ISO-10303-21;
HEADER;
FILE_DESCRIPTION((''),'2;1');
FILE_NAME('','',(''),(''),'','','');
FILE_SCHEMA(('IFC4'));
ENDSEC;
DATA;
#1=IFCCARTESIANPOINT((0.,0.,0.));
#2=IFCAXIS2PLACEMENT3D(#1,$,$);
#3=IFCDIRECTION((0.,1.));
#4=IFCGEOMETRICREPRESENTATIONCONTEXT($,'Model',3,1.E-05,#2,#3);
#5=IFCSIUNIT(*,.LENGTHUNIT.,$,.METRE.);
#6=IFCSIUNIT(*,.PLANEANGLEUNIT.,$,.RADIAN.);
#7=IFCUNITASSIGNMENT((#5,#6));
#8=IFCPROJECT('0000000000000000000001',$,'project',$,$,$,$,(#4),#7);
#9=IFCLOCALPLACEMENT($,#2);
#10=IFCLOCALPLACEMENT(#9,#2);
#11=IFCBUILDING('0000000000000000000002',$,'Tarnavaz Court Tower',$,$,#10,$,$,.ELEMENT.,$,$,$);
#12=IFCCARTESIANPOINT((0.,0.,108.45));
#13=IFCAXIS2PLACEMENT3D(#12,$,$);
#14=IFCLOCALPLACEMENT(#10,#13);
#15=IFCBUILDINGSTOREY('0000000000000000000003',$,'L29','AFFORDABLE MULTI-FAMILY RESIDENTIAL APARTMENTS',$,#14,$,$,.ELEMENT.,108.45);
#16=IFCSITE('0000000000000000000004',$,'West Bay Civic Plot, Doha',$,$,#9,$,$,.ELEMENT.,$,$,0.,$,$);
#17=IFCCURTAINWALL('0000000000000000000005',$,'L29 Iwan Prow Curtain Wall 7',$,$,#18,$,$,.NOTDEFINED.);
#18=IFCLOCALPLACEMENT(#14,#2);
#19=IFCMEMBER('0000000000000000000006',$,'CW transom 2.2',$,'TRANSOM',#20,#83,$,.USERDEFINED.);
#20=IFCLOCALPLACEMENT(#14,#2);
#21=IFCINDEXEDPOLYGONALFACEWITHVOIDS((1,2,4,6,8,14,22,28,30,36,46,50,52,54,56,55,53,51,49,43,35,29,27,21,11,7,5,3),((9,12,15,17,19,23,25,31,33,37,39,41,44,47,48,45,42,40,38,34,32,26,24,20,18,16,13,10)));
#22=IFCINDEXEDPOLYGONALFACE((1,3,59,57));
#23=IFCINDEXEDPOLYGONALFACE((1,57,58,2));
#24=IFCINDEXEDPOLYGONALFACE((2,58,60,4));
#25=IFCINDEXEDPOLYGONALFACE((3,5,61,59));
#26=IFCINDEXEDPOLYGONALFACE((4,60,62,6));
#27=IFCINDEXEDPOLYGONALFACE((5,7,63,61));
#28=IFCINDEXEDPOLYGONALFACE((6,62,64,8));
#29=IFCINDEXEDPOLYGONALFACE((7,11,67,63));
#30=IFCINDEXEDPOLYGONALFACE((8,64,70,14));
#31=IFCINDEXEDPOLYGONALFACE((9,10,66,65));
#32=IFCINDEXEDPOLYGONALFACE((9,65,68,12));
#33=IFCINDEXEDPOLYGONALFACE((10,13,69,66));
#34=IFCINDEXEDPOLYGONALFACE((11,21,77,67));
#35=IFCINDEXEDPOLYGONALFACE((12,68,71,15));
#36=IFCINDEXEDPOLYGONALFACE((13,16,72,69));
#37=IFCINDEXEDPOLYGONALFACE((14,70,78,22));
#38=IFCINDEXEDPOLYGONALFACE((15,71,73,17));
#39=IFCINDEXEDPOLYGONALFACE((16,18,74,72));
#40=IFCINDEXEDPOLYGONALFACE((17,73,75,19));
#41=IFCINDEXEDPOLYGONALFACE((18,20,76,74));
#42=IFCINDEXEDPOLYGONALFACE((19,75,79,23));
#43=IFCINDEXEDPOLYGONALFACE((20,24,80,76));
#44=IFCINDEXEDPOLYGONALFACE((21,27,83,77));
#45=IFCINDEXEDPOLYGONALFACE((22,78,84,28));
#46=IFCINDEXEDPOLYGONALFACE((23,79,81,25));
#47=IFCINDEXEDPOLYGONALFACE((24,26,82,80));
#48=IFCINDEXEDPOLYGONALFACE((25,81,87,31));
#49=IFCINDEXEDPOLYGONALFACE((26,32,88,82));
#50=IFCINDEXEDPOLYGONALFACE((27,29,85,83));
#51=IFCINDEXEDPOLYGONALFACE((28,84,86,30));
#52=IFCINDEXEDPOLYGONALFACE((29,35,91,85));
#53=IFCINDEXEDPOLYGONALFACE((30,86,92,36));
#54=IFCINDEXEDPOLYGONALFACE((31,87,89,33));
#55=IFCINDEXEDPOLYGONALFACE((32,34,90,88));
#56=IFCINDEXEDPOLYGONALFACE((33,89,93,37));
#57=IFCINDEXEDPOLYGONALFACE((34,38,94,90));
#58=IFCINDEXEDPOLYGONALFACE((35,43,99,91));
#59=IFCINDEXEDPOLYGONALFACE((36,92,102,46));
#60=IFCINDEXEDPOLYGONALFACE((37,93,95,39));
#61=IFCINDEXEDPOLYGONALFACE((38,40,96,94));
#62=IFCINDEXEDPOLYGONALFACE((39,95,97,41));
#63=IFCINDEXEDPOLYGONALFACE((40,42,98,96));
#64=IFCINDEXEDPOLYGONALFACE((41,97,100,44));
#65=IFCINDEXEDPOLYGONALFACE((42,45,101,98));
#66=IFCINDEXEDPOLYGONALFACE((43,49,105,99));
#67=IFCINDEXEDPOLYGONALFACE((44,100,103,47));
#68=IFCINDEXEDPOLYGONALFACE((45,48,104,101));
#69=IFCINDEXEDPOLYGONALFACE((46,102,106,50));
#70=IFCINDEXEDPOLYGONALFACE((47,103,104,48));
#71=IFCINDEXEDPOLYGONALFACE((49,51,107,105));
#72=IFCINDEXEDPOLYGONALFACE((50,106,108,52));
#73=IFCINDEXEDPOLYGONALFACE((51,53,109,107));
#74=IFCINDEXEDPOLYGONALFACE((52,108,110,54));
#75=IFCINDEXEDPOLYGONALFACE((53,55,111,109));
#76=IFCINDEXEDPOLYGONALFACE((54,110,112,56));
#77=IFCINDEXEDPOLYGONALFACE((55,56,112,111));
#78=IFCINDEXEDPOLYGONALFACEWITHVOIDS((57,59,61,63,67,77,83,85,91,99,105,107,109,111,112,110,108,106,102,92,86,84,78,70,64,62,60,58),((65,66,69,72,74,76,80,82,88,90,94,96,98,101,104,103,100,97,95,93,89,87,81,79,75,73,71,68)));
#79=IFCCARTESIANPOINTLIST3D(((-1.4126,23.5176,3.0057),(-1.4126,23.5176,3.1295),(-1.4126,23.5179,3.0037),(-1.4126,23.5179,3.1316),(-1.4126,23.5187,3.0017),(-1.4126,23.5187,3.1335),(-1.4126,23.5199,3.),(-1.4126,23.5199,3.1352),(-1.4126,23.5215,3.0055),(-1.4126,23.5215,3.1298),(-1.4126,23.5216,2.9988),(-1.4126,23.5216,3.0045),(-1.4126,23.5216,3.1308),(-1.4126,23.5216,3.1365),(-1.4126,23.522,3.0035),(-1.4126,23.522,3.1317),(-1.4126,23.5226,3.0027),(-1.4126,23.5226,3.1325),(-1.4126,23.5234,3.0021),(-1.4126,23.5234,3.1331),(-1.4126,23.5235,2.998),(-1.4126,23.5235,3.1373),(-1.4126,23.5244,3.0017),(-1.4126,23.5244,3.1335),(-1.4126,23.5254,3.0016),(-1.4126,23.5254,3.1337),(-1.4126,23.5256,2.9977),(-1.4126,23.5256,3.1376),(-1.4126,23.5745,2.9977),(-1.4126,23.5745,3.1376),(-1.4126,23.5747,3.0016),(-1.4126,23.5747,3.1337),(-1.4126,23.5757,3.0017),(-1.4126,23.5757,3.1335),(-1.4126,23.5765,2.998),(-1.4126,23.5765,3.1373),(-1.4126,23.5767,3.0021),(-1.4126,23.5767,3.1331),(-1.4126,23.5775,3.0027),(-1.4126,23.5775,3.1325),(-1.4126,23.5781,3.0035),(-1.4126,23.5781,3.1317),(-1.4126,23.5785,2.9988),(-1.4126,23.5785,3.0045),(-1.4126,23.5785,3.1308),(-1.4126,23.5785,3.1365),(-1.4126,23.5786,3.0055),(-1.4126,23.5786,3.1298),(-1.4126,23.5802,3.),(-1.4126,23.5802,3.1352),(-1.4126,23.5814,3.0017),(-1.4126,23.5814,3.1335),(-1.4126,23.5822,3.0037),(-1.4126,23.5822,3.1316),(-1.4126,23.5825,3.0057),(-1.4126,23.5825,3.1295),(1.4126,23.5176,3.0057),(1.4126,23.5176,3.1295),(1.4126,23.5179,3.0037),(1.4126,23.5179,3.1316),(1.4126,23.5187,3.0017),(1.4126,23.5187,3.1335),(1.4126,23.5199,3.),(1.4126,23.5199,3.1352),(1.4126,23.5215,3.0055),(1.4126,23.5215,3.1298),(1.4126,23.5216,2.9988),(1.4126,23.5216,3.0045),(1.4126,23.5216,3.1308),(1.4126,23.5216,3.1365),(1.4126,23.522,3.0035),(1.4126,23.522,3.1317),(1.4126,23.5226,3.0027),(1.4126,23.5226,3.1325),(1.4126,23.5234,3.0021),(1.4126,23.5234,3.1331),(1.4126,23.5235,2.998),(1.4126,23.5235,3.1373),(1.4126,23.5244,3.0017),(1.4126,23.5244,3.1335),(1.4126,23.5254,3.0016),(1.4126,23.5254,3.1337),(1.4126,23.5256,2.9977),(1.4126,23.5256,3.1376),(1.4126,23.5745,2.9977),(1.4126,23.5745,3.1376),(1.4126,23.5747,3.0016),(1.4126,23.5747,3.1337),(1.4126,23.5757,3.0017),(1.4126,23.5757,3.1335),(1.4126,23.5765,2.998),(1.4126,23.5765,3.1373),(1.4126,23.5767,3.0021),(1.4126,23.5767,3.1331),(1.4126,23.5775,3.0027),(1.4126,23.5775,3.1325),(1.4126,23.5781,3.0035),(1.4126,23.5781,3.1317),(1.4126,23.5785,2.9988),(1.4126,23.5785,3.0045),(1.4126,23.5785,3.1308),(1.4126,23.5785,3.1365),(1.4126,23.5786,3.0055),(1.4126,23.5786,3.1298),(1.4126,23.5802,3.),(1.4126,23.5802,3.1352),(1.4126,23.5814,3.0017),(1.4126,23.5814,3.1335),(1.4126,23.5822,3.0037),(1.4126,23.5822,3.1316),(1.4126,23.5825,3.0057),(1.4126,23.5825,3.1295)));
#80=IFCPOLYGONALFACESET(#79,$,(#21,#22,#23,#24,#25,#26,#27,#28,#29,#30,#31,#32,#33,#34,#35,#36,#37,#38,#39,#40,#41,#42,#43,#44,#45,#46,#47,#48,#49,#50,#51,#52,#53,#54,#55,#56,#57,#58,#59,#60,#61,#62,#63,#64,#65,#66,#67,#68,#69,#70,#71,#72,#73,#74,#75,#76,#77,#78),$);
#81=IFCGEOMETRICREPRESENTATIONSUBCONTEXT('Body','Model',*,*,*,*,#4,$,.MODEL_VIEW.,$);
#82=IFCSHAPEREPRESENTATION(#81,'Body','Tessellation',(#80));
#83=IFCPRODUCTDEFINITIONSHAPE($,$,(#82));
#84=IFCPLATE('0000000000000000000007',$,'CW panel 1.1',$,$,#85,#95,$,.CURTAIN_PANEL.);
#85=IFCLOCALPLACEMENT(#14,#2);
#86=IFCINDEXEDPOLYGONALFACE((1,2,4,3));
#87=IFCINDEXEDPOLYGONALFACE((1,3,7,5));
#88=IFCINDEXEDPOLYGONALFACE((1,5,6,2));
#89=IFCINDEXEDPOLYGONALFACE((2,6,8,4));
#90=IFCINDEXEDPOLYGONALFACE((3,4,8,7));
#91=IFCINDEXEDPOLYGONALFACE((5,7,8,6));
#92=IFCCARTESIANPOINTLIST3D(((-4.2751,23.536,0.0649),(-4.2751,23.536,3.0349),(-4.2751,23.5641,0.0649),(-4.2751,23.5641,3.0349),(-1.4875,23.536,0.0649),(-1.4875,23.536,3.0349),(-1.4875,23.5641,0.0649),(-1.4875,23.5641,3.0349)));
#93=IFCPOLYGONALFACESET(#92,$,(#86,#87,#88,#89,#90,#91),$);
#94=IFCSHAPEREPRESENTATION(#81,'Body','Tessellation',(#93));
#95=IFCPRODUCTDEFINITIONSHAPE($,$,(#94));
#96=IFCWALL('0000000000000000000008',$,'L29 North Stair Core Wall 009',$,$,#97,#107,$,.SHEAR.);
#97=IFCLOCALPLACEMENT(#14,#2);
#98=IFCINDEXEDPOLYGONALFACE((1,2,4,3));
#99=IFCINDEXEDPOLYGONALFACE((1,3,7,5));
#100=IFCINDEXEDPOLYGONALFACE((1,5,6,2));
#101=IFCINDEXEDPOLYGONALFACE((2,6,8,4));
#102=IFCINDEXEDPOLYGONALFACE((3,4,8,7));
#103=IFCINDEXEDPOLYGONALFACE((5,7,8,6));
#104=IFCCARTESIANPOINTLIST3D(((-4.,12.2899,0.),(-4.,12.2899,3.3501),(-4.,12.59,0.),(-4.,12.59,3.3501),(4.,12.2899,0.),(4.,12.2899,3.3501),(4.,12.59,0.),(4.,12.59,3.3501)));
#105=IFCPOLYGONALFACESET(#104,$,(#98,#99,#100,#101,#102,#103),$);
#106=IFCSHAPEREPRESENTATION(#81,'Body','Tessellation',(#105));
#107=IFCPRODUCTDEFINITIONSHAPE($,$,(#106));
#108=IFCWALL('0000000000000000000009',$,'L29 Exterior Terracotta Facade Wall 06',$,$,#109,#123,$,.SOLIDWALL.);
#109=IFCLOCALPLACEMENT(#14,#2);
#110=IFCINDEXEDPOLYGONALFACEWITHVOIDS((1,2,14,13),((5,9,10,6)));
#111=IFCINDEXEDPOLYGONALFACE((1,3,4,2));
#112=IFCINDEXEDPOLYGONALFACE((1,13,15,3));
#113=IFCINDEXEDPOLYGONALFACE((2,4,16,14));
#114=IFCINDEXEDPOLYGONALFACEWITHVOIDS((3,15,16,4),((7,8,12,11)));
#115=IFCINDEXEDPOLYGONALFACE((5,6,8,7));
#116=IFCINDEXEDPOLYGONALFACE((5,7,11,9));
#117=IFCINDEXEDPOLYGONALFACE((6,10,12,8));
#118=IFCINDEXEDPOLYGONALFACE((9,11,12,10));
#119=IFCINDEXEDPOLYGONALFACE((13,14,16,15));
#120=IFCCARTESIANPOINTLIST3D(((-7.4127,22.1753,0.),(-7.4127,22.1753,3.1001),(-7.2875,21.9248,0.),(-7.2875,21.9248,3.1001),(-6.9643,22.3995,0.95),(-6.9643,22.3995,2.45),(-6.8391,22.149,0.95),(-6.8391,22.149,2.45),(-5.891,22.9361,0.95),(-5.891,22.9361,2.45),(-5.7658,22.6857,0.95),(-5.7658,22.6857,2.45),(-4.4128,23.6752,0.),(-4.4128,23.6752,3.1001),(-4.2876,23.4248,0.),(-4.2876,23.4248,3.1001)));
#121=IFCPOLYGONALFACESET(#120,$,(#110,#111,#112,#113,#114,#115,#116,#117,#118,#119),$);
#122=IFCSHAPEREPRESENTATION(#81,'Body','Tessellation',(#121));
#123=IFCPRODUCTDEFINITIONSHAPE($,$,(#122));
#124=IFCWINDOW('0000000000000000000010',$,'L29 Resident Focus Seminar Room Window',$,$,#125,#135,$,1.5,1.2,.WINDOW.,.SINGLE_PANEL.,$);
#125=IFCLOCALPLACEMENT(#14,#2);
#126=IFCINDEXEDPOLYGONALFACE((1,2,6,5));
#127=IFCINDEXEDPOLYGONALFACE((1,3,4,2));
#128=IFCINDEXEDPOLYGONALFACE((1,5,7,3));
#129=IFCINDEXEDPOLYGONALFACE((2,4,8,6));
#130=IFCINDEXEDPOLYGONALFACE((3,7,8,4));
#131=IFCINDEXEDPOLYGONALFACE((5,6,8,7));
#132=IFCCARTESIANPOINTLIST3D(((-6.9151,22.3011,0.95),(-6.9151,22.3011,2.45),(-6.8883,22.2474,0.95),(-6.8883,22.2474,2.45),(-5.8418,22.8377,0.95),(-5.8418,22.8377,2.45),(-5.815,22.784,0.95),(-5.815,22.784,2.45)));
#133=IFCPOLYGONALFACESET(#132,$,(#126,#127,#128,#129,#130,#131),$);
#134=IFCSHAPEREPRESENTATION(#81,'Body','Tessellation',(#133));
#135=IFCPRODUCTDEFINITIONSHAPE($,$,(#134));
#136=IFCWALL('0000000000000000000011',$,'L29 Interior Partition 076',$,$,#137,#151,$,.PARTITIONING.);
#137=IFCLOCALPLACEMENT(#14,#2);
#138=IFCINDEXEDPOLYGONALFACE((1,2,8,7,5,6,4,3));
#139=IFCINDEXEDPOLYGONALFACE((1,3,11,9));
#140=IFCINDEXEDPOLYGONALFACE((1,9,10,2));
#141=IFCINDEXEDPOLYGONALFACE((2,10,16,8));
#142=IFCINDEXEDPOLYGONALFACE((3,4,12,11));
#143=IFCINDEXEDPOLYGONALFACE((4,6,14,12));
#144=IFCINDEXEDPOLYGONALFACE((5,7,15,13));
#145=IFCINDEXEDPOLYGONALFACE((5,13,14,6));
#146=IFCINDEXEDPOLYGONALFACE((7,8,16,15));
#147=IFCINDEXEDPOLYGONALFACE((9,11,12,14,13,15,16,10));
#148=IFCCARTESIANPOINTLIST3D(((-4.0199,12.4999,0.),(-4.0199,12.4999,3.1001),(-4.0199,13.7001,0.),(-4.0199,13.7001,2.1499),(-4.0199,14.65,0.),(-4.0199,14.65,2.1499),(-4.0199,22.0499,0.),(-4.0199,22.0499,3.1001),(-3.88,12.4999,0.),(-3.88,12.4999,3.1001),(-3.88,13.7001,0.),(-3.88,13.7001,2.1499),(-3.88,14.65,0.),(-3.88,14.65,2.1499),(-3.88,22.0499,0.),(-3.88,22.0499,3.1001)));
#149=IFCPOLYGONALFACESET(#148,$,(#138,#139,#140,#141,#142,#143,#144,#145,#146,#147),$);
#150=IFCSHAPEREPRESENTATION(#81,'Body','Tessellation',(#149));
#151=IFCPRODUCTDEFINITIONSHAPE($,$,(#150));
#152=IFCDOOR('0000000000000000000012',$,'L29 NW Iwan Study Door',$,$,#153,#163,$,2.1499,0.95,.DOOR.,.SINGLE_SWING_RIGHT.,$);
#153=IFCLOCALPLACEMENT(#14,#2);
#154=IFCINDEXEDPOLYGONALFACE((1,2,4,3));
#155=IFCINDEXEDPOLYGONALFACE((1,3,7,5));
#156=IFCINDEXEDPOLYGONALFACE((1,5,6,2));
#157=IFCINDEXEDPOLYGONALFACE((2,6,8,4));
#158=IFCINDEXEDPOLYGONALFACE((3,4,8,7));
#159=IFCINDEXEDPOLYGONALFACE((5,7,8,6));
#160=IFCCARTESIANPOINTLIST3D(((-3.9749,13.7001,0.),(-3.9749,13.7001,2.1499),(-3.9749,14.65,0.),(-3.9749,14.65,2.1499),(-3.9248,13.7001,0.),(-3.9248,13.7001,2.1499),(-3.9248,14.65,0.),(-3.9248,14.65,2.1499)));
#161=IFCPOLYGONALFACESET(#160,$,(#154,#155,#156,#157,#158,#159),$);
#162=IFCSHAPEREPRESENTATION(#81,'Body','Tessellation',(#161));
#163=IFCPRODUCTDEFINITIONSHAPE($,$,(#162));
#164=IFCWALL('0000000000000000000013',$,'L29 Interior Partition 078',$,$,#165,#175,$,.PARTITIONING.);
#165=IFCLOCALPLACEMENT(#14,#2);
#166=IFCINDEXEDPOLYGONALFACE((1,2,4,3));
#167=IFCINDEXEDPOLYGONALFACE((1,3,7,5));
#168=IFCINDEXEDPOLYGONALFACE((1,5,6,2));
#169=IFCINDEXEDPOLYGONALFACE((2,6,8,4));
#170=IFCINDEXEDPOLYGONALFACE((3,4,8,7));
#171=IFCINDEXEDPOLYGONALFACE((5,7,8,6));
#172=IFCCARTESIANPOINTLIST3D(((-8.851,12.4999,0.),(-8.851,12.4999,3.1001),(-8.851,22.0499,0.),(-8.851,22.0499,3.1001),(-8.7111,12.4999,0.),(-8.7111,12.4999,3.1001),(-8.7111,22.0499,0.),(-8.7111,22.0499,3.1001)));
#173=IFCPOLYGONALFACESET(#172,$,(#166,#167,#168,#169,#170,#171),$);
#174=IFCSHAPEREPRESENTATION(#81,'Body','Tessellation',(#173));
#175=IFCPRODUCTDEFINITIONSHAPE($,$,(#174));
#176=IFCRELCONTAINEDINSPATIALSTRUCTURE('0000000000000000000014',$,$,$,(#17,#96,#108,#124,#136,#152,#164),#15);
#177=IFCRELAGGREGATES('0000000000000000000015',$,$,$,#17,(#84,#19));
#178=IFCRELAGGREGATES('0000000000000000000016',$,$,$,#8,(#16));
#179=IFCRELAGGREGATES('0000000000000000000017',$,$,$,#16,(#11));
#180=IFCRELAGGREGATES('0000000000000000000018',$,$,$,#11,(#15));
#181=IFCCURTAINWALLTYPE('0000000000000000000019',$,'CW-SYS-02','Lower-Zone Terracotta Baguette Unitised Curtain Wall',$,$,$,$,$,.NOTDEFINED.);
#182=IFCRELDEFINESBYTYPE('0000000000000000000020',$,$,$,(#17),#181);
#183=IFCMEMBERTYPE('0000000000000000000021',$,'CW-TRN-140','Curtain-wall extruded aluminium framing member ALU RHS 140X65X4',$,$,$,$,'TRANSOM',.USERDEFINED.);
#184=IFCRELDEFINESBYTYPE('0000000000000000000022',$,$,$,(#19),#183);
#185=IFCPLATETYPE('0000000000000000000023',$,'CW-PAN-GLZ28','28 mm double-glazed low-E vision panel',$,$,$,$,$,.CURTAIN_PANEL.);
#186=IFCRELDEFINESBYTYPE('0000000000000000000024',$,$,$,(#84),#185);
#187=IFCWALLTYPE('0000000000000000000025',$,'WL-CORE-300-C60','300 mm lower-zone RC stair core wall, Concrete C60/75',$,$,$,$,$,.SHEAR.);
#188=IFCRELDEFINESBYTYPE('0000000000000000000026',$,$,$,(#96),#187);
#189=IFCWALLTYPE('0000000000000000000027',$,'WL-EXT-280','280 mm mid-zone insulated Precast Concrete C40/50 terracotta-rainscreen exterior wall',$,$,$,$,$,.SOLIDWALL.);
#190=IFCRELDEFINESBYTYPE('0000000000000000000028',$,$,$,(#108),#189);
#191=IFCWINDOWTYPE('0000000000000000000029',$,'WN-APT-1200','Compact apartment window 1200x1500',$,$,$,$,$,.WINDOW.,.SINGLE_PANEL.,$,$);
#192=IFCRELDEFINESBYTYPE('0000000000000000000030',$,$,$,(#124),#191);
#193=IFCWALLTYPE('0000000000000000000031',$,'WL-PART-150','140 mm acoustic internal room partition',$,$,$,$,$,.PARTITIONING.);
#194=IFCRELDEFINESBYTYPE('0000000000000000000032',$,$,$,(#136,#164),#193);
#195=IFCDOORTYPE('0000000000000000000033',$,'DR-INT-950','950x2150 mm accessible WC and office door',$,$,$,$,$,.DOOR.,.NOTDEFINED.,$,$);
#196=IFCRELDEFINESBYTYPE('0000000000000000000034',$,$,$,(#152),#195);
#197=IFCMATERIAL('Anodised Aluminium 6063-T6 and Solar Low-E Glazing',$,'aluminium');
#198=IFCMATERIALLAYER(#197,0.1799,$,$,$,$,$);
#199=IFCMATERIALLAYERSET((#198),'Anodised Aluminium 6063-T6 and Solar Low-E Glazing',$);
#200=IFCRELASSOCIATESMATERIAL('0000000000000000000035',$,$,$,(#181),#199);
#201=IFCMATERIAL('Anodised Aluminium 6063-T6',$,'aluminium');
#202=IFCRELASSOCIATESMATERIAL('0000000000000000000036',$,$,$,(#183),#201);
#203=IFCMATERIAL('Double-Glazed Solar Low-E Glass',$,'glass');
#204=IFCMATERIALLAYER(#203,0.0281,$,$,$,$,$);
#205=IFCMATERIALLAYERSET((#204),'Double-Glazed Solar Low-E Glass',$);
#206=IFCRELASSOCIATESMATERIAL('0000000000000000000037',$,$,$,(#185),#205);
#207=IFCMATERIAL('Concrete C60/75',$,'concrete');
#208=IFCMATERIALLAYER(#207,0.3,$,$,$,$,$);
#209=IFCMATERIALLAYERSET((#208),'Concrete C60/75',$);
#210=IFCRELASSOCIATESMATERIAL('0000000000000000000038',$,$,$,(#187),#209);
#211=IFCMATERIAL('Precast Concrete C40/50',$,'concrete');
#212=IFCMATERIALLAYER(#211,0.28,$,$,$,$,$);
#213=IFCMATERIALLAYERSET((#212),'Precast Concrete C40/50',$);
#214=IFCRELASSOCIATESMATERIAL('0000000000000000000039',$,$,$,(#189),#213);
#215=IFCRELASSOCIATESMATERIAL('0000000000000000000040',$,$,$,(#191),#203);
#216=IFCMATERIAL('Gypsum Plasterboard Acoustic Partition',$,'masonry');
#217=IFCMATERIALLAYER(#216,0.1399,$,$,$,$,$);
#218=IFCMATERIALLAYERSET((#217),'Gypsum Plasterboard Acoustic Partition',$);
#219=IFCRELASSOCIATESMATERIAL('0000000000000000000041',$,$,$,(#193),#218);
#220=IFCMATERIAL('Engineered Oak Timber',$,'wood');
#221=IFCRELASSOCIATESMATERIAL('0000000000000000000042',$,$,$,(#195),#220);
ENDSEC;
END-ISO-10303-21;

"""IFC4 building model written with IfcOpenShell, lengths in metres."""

from ifc_helpers import new_model, si_unit, direction, frame, frame_2d, origin, origin_2d, place, context, subcontext, project, spatial, rectangle, hollow_rectangle, extrude, material, layer, layer_set, material_profile, profile_set, type_object, element, fill, aggregate, save


model = new_model("IFC4")

# Units and contexts
model_context = context("Model", 3, precision=1e-05, world=origin(), true_north=direction((0.0, 1.0)))
body_context = subcontext(model_context, "Body", "Model", "MODEL_VIEW")
ifc_project = project(units=[si_unit("LENGTHUNIT", "METRE"), si_unit("PLANEANGLEUNIT", "RADIAN")], contexts=[model_context])

# Site, building, storey
site_placement = place(None, origin())
site = spatial("IfcSite", under=ifc_project, at=site_placement, Name="West Bay Civic Plot, Doha", CompositionType="ELEMENT", RefElevation=0.0)
building_placement = place(site_placement, origin())
building = spatial("IfcBuilding", under=site, at=building_placement, Name="Tarnavaz Court Tower", CompositionType="ELEMENT")
storey_placement = place(building_placement, frame((0.0, 0.0, 108.45)))
storey = spatial("IfcBuildingStorey", under=building, at=storey_placement, Name="L29", Description="AFFORDABLE MULTI-FAMILY RESIDENTIAL APARTMENTS", CompositionType="ELEMENT", Elevation=108.45)

# Shared definitions
ifc_material_1 = material(Name="Concrete C60/75", Category="concrete")

# Curtain wall, member, plate
ifc_material_2 = material(Name="Anodised Aluminium 6063-T6 and Solar Low-E Glazing", Category="aluminium")
ifc_layer_1 = layer(ifc_material_2, 0.1799)
ifc_layer_set_1 = layer_set([ifc_layer_1], Name="Anodised Aluminium 6063-T6 and Solar Low-E Glazing")
curtain_wall_type = type_object("IfcCurtainWallType", Name="CW-SYS-02", Description="Lower-Zone Terracotta Baguette Unitised Curtain Wall", PredefinedType="NOTDEFINED", material=ifc_layer_set_1)
curtain_wall_placement = place(storey_placement, origin())
curtain_wall = element("IfcCurtainWall", 1, at=curtain_wall_placement, inside=storey, type_object=curtain_wall_type, Name="L29 Iwan Prow Curtain Wall 7", PredefinedType="NOTDEFINED")
ifc_material_3 = material(Name="Anodised Aluminium 6063-T6", Category="aluminium")
ifc_material_profile_1 = material_profile(ifc_material_3, hollow_rectangle(XDim=0.0649, YDim=0.1399, WallThickness=0.0039, InnerFilletRadius=0.0039, OuterFilletRadius=0.0081, at=origin_2d()), Name="ALU RHS 140X65X4")
ifc_profile_set_1 = profile_set([ifc_material_profile_1], Name="Anodised Aluminium 6063-T6")
member_type_1 = type_object("IfcMemberType", Name="CW-TRN-140", Description="Curtain-wall extruded aluminium framing member ALU RHS 140X65X4", ElementType="TRANSOM", PredefinedType="USERDEFINED", material=ifc_profile_set_1)
member_1_placement = place(storey_placement, frame((-1.4126, 23.55, 3.0676), z_axis=(1.0, 0.0, 0.0), x_axis=(0.0, 1.0, 0.0)))
member_1 = element("IfcMember", 2, at=member_1_placement, type_object=member_type_1, Name="CW transom 2.2", ObjectType="TRANSOM", PredefinedType="USERDEFINED", context=body_context, shape_type="SweptSolid", body=[
    extrude(hollow_rectangle(XDim=0.0649, YDim=0.1399, WallThickness=0.0039, InnerFilletRadius=0.0039, OuterFilletRadius=0.0081, at=origin_2d()), origin(), (0.0, 0.0, 1.0), 2.8252),
])
ifc_material_4 = material(Name="Double-Glazed Solar Low-E Glass", Category="glass")
ifc_layer_2 = layer(ifc_material_4, 0.0281)
ifc_layer_set_2 = layer_set([ifc_layer_2], Name="Double-Glazed Solar Low-E Glass")
plate_type = type_object("IfcPlateType", Name="CW-PAN-GLZ28", Description="28 mm double-glazed low-E vision panel", PredefinedType="CURTAIN_PANEL", material=ifc_layer_set_2)
plate_placement = place(storey_placement, frame((-2.8813, 23.55, 0.0649), z_axis=(0.0, 0.0, 1.0), x_axis=(1.0, 0.0, 0.0)))
plate = element("IfcPlate", 3, at=plate_placement, type_object=plate_type, Name="CW panel 1.1", PredefinedType="CURTAIN_PANEL", context=body_context, shape_type="SweptSolid", body=[
    extrude(rectangle(XDim=2.7876, YDim=0.0281, at=origin_2d()), origin(), (0.0, 0.0, 1.0), 2.97),
])
aggregate(curtain_wall, [plate, member_1])

# Wall
ifc_layer_3 = layer(ifc_material_1, 0.3)
ifc_layer_set_3 = layer_set([ifc_layer_3], Name="Concrete C60/75")
wall_type_1 = type_object("IfcWallType", Name="WL-CORE-300-C60", Description="300 mm lower-zone RC stair core wall, Concrete C60/75", PredefinedType="SHEAR", material=ifc_layer_set_3)
wall_1_placement = place(storey_placement, frame((-4.0, 12.4399, 0.0), z_axis=(0.0, 0.0, 1.0), x_axis=(1.0, 0.0, 0.0)))
element("IfcWall", 4, at=wall_1_placement, inside=storey, type_object=wall_type_1, Name="L29 North Stair Core Wall 009", PredefinedType="SHEAR", context=body_context, shape_type="SweptSolid", body=[
    extrude(rectangle(XDim=8.0, YDim=0.3, at=frame_2d((4.0, 0.0))), origin(), (0.0, 0.0, 1.0), 3.3501),
])

# Wall, opening, window
ifc_material_5 = material(Name="Precast Concrete C40/50", Category="concrete")
ifc_layer_4 = layer(ifc_material_5, 0.28)
ifc_layer_set_4 = layer_set([ifc_layer_4], Name="Precast Concrete C40/50")
wall_type_2 = type_object("IfcWallType", Name="WL-EXT-280", Description="280 mm mid-zone insulated Precast Concrete C40/50 terracotta-rainscreen exterior wall", PredefinedType="SOLIDWALL", material=ifc_layer_set_4)
wall_2_placement = place(storey_placement, frame((-7.3501, 22.05, 0.0), z_axis=(0.0, 0.0, 1.0), x_axis=(0.894427, 0.447214, 0.0)))
wall_2 = element("IfcWall", 5, at=wall_2_placement, inside=storey, type_object=wall_type_2, Name="L29 Exterior Terracotta Facade Wall 06", PredefinedType="SOLIDWALL", context=body_context, shape_type="SweptSolid", body=[
    extrude(rectangle(XDim=3.354, YDim=0.28, at=frame_2d((1.677, 0.0))), origin(), (0.0, 0.0, 1.0), 3.1001),
])
opening_1_placement = place(wall_2_placement, frame((0.5012, 0.0, 0.95)))
opening_1 = element("IfcOpeningElement", 6, at=opening_1_placement, cuts=wall_2, PredefinedType="OPENING", context=body_context, shape_type="SweptSolid", body=[
    extrude(rectangle(XDim=1.2, YDim=1.5, at=frame_2d((0.6001, 0.75))), frame((0.0, 0.1499, 0.0), z_axis=(0.0, -1.0, 0.0), x_axis=(1.0, 0.0, 0.0)), (0.0, 0.0, 1.0), 0.3),
])
window_type = type_object("IfcWindowType", Name="WN-APT-1200", Description="Compact apartment window 1200x1500", PartitioningType="SINGLE_PANEL", PredefinedType="WINDOW", material=ifc_material_4)
window_placement = place(opening_1_placement, origin())
window = element("IfcWindow", 7, at=window_placement, inside=storey, type_object=window_type, Name="L29 Resident Focus Seminar Room Window", OverallHeight=1.5, OverallWidth=1.2, PartitioningType="SINGLE_PANEL", PredefinedType="WINDOW", context=body_context, shape_type="SweptSolid", body=[
    extrude(rectangle(XDim=1.2, YDim=1.5, at=frame_2d((0.6001, 0.75))), frame((0.0, 0.03, 0.0), z_axis=(0.0, -1.0, 0.0), x_axis=(1.0, 0.0, 0.0)), (0.0, 0.0, 1.0), 0.0601),
])
fill(opening_1, window)

# Wall, opening, door
ifc_material_6 = material(Name="Gypsum Plasterboard Acoustic Partition", Category="masonry")
ifc_layer_5 = layer(ifc_material_6, 0.1399)
ifc_layer_set_5 = layer_set([ifc_layer_5], Name="Gypsum Plasterboard Acoustic Partition")
wall_type_3 = type_object("IfcWallType", Name="WL-PART-150", Description="140 mm acoustic internal room partition", PredefinedType="PARTITIONING", material=ifc_layer_set_5)
wall_3_placement = place(storey_placement, frame((-3.95, 12.5, 0.0), z_axis=(0.0, 0.0, 1.0), x_axis=(0.0, 1.0, 0.0)))
wall_3 = element("IfcWall", 8, at=wall_3_placement, inside=storey, type_object=wall_type_3, Name="L29 Interior Partition 076", PredefinedType="PARTITIONING", context=body_context, shape_type="SweptSolid", body=[
    extrude(rectangle(XDim=9.55, YDim=0.1399, at=frame_2d((4.7749, 0.0))), origin(), (0.0, 0.0, 1.0), 3.1001),
])
opening_2_placement = place(wall_3_placement, frame((1.2, 0.0, 0.0)))
opening_2 = element("IfcOpeningElement", 9, at=opening_2_placement, cuts=wall_3, PredefinedType="OPENING", context=body_context, shape_type="SweptSolid", body=[
    extrude(rectangle(XDim=0.95, YDim=2.1499, at=frame_2d((0.4751, 1.075))), frame((0.0, 0.0798, 0.0), z_axis=(0.0, -1.0, 0.0), x_axis=(1.0, 0.0, 0.0)), (0.0, 0.0, 1.0), 0.1599),
])
ifc_material_7 = material(Name="Engineered Oak Timber", Category="wood")
door_type = type_object("IfcDoorType", Name="DR-INT-950", Description="950x2150 mm accessible WC and office door", OperationType="NOTDEFINED", PredefinedType="DOOR", material=ifc_material_7)
door_placement = place(opening_2_placement, origin())
door = element("IfcDoor", 10, at=door_placement, inside=storey, type_object=door_type, Name="L29 NW Iwan Study Door", OperationType="SINGLE_SWING_RIGHT", OverallHeight=2.1499, OverallWidth=0.95, PredefinedType="DOOR", context=body_context, shape_type="SweptSolid", body=[
    extrude(rectangle(XDim=0.95, YDim=2.1499, at=frame_2d((0.4751, 1.075))), frame((0.0, 0.0249, 0.0), z_axis=(0.0, -1.0, 0.0), x_axis=(1.0, 0.0, 0.0)), (0.0, 0.0, 1.0), 0.05),
])
fill(opening_2, door)

# Wall
wall_4_placement = place(storey_placement, frame((-8.781, 12.5, 0.0), z_axis=(0.0, 0.0, 1.0), x_axis=(0.0, 1.0, 0.0)))
element("IfcWall", 11, at=wall_4_placement, inside=storey, type_object=wall_type_3, Name="L29 Interior Partition 078", PredefinedType="PARTITIONING", context=body_context, shape_type="SweptSolid", body=[
    extrude(rectangle(XDim=9.55, YDim=0.1399, at=frame_2d((4.7749, 0.0))), origin(), (0.0, 0.0, 1.0), 3.1001),
])

save(model, "model.ifc")
